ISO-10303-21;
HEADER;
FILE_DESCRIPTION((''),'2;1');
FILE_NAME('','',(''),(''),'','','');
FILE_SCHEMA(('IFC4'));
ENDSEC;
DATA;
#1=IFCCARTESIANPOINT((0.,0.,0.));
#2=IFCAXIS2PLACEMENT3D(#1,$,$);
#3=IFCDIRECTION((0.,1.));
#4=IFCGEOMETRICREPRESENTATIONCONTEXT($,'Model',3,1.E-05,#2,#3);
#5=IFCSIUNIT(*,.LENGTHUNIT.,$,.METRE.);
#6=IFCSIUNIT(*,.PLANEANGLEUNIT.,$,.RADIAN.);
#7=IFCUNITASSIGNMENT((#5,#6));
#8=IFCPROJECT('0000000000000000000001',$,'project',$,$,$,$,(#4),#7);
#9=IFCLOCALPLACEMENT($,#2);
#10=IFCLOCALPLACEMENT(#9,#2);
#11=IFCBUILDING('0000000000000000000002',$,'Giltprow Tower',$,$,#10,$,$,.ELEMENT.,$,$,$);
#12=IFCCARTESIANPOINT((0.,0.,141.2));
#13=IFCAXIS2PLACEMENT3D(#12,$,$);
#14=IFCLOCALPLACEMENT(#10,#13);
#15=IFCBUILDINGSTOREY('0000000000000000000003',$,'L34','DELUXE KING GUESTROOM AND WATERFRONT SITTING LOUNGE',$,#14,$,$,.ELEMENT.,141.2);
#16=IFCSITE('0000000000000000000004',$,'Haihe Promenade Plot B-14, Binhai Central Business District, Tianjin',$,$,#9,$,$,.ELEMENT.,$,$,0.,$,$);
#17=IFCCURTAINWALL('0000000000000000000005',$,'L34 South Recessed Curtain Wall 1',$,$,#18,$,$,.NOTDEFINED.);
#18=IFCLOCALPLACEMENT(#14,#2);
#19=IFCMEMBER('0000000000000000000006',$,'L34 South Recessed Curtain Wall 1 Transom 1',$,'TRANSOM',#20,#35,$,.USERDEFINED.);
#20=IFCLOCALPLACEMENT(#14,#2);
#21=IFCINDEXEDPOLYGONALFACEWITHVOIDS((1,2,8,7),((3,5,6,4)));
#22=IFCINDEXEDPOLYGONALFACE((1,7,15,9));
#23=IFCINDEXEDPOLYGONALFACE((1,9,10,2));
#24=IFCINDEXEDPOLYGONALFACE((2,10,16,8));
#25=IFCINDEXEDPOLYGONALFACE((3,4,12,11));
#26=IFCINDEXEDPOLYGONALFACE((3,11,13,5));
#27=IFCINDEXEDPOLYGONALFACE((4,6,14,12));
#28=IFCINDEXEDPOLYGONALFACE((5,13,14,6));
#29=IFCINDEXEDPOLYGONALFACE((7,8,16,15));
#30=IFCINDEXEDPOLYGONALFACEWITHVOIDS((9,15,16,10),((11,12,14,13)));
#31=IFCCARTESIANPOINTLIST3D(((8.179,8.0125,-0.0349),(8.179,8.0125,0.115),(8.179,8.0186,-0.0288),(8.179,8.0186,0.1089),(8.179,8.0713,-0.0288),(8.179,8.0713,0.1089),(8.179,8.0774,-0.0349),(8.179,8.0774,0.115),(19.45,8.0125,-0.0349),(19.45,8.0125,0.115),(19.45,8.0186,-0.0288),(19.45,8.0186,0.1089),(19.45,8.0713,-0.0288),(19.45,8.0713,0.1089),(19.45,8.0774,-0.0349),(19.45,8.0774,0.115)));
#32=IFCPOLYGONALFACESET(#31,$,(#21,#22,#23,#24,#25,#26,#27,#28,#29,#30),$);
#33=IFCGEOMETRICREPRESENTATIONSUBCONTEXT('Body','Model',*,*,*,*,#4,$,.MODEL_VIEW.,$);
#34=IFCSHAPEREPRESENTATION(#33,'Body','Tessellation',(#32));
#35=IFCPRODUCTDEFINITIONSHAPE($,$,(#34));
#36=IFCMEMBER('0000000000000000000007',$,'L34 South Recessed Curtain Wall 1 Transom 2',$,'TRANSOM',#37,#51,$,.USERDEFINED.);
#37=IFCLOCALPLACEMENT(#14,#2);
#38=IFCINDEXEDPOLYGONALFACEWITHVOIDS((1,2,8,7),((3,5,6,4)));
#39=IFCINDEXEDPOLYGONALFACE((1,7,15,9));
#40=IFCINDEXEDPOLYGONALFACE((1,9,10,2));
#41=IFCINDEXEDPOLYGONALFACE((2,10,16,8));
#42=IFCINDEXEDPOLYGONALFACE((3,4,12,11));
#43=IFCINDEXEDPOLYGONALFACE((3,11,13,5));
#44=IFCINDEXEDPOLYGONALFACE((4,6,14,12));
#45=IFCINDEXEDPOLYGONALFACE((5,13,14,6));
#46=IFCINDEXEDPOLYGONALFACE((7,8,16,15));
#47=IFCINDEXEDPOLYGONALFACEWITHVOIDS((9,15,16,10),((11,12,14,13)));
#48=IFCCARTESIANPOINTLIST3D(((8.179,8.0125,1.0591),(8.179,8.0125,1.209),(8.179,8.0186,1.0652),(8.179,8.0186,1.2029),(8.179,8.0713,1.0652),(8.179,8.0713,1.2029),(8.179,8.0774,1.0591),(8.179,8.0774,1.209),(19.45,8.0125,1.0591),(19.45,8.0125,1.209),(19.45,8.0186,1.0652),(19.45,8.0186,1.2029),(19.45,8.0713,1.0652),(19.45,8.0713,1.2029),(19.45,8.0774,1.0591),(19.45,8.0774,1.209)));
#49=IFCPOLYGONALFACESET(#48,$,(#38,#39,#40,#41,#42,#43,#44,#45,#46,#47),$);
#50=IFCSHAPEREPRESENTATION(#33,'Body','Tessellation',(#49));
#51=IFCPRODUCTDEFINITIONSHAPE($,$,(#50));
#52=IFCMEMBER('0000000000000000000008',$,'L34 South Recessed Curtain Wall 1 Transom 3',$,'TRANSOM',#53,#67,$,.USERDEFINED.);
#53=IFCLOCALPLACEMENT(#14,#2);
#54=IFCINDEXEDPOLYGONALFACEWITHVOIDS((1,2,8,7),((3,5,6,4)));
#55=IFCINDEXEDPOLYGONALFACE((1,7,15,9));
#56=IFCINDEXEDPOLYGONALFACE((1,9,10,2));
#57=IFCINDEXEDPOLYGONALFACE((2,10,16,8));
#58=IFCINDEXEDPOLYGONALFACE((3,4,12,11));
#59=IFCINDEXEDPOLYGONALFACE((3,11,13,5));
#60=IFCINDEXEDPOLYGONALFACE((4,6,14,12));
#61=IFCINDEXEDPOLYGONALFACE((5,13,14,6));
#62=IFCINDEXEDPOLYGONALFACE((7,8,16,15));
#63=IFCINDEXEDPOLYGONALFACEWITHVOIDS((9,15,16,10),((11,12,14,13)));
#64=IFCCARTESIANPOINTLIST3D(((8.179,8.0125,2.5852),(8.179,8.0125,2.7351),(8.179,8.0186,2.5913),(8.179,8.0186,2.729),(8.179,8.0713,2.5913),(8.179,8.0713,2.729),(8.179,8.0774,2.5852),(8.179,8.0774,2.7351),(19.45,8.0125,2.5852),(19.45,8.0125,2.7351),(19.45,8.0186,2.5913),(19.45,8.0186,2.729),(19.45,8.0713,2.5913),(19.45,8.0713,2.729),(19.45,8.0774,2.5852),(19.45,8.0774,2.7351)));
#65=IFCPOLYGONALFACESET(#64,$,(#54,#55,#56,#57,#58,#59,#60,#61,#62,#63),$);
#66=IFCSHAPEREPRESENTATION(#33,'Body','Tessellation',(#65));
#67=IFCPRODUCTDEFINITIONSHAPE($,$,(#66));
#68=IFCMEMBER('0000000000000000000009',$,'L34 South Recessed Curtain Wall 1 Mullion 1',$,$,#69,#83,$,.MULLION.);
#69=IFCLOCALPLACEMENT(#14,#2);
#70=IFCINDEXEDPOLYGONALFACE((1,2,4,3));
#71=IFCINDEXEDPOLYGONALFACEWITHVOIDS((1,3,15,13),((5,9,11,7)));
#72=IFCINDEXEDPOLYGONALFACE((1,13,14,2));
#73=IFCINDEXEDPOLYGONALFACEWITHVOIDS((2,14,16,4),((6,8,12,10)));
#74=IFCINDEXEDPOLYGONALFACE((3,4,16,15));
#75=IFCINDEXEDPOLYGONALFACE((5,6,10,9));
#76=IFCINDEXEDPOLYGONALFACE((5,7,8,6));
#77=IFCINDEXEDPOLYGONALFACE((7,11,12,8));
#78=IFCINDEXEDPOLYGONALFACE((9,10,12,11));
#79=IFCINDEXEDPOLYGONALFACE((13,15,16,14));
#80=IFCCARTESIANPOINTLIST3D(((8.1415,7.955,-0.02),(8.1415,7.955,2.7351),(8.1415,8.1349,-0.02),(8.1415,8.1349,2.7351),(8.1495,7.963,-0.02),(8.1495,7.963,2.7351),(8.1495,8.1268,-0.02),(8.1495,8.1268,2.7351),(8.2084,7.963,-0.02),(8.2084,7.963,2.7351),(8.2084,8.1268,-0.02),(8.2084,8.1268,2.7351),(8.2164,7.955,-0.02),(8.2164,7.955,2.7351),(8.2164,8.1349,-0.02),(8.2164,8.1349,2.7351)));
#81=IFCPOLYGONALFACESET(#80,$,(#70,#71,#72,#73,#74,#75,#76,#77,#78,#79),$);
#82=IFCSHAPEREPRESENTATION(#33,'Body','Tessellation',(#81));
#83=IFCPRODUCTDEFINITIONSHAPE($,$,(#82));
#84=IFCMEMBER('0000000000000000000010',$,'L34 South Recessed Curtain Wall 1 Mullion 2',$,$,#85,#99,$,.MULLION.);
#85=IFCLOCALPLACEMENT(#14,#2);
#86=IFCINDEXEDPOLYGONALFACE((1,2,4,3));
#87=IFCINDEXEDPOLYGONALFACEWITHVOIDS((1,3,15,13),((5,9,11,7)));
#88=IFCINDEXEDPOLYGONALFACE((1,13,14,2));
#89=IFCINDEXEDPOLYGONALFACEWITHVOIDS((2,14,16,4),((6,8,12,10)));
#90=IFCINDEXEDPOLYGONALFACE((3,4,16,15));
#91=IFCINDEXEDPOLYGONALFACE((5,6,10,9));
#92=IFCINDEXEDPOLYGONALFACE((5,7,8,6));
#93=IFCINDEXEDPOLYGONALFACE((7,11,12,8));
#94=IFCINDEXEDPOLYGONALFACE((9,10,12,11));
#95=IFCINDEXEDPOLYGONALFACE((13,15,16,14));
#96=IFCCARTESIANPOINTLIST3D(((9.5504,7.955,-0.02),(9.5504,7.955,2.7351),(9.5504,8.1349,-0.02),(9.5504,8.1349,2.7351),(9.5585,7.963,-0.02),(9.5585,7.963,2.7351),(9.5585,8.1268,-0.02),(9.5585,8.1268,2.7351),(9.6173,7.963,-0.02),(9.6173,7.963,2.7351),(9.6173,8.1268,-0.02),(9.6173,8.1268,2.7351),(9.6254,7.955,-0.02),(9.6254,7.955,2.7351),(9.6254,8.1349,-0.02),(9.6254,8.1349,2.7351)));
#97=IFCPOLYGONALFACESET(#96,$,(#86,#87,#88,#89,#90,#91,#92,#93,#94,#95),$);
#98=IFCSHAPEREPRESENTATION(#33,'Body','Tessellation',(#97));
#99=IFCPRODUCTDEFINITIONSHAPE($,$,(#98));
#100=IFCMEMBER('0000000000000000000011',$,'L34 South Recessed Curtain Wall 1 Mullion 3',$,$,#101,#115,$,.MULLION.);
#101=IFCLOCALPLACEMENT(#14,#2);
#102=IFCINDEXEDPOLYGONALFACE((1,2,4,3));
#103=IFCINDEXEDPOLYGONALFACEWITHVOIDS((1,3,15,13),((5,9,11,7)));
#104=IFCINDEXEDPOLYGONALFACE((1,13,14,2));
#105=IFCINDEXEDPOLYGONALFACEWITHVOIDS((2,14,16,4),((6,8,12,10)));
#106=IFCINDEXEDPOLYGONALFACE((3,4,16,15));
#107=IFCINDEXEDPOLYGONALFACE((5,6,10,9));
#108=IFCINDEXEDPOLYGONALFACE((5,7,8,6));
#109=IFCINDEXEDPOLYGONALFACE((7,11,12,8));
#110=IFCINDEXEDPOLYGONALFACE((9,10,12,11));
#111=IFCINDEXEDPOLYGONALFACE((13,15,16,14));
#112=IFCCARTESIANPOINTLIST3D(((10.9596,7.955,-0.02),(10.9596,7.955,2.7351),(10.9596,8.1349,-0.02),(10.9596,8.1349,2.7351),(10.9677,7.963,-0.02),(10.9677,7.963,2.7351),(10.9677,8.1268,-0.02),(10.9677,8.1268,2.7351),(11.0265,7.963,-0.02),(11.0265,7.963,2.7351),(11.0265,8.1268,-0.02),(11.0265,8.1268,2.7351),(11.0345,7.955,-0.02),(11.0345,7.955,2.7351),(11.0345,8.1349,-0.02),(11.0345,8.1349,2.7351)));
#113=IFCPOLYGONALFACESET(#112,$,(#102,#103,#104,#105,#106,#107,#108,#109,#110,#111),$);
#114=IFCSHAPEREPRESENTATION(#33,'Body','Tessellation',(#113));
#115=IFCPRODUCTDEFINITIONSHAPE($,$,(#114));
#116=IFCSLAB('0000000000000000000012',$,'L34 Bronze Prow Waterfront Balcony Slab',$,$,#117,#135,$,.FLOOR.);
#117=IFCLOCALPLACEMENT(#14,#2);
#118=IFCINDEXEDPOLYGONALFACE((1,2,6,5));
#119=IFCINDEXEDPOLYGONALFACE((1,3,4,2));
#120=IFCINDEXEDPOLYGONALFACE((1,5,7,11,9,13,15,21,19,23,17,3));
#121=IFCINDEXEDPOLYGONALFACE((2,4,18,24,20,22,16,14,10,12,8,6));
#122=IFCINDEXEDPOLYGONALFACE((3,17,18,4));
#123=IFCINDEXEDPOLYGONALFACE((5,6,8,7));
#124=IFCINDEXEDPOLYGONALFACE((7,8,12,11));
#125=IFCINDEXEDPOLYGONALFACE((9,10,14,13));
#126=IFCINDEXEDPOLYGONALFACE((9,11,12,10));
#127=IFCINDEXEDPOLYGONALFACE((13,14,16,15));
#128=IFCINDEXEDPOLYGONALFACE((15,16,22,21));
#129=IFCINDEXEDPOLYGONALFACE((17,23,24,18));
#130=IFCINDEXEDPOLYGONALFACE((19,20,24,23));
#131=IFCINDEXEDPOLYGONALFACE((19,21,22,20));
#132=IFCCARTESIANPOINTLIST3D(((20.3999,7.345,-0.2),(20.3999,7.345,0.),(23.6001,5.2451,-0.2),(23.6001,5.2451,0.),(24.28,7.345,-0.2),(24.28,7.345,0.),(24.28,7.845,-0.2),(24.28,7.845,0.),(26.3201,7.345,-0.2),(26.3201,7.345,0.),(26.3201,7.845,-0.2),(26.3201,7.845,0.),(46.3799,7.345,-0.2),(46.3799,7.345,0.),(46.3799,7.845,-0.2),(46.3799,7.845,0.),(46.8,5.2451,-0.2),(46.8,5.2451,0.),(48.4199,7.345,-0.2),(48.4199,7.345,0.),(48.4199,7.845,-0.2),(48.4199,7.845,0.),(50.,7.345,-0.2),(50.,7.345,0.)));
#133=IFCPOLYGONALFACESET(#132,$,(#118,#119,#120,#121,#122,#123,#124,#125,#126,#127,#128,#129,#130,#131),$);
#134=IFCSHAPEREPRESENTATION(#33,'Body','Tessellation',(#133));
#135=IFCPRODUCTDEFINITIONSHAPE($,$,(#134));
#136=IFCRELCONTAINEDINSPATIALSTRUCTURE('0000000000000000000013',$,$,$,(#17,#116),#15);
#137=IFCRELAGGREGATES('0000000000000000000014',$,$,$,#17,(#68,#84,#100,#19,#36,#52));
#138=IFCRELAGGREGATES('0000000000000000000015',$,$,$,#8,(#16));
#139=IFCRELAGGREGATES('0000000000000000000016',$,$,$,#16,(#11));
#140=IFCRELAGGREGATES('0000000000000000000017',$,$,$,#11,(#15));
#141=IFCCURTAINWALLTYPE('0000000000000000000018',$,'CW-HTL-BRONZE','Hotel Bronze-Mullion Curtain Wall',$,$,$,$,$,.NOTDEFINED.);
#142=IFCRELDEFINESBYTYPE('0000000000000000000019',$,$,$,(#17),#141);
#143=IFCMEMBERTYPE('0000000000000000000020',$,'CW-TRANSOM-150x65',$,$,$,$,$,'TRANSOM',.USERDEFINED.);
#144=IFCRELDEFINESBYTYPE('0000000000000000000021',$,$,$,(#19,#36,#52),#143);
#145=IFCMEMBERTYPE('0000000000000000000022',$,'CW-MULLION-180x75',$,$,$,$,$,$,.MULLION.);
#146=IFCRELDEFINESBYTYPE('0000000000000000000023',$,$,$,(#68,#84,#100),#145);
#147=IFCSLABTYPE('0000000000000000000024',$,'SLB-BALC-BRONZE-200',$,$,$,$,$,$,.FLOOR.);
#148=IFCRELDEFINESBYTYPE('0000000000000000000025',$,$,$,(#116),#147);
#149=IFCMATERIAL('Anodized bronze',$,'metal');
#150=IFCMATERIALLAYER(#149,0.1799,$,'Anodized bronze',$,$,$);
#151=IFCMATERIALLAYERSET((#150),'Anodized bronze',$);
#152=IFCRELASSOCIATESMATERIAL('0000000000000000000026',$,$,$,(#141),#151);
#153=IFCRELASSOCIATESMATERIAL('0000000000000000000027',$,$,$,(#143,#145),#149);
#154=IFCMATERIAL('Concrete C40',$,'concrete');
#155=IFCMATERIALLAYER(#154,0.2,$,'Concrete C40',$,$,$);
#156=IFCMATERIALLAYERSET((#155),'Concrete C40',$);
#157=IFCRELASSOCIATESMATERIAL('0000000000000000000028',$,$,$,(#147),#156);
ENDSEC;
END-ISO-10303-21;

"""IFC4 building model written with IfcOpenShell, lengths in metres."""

from ifc_helpers import new_model, si_unit, direction, frame, origin, origin_2d, place, context, subcontext, project, spatial, polyline, hollow_rectangle, outline, extrude, source, transform, mapped, material, layer, layer_set, material_profile, profile_set, type_object, element, aggregate, save


model = new_model("IFC4")

# Units and contexts
model_context = context("Model", 3, precision=1e-05, world=origin(), true_north=direction((0.0, 1.0)))
body_context = subcontext(model_context, "Body", "Model", "MODEL_VIEW")
ifc_project = project(units=[si_unit("LENGTHUNIT", "METRE"), si_unit("PLANEANGLEUNIT", "RADIAN")], contexts=[model_context])

# Site, building, storey
site_placement = place(None, origin())
site = spatial("IfcSite", under=ifc_project, at=site_placement, Name="Haihe Promenade Plot B-14, Binhai Central Business District, Tianjin", CompositionType="ELEMENT", RefElevation=0.0)
building_placement = place(site_placement, origin())
building = spatial("IfcBuilding", under=site, at=building_placement, Name="Giltprow Tower", CompositionType="ELEMENT")
storey_placement = place(building_placement, frame((0.0, 0.0, 141.2)))
storey = spatial("IfcBuildingStorey", under=building, at=storey_placement, Name="L34", Description="DELUXE KING GUESTROOM AND WATERFRONT SITTING LOUNGE", CompositionType="ELEMENT", Elevation=141.2)

# Curtain wall, members
ifc_material_1 = material(Name="Anodized bronze", Category="metal")
ifc_layer_1 = layer(ifc_material_1, 0.1799, Name="Anodized bronze")
ifc_layer_set_1 = layer_set([ifc_layer_1], Name="Anodized bronze")
curtain_wall_type = type_object("IfcCurtainWallType", Name="CW-HTL-BRONZE", Description="Hotel Bronze-Mullion Curtain Wall", PredefinedType="NOTDEFINED", material=ifc_layer_set_1)
curtain_wall_placement = place(storey_placement, origin())
curtain_wall = element("IfcCurtainWall", 1, at=curtain_wall_placement, inside=storey, type_object=curtain_wall_type, Name="L34 South Recessed Curtain Wall 1", PredefinedType="NOTDEFINED")
ifc_material_profile_1 = material_profile(ifc_material_1, hollow_rectangle(XDim=0.0649, YDim=0.1499, WallThickness=0.0061, at=origin_2d()), Name="RHS 150x65x6")
ifc_profile_set_1 = profile_set([ifc_material_profile_1], Name="Anodized bronze")
member_type_1 = type_object("IfcMemberType", Name="CW-TRANSOM-150x65", ElementType="TRANSOM", PredefinedType="USERDEFINED", material=ifc_profile_set_1)
shared_shape_1 = source(origin(), body_context, "Body", "SweptSolid", [
    extrude(hollow_rectangle(XDim=0.0649, YDim=0.1499, WallThickness=0.0061, at=origin_2d()), origin(), (0.0, 0.0, 1.0), 11.271),
])
member_1_placement = place(storey_placement, frame((8.179, 8.0449, 0.04), z_axis=(1.0, 0.0, 0.0), x_axis=(0.0, 1.0, 0.0)))
member_1 = element("IfcMember", 2, at=member_1_placement, type_object=member_type_1, Name="L34 South Recessed Curtain Wall 1 Transom 1", ObjectType="TRANSOM", PredefinedType="USERDEFINED", context=body_context, shape_type="MappedRepresentation", body=[
    mapped(shared_shape_1, transform((0.0, 0.0, 0.0), x_axis=(1.0, 0.0, 0.0), y_axis=(0.0, 1.0, 0.0), z_axis=(0.0, 0.0, 1.0), scale=1.0)),
])
member_2_placement = place(storey_placement, frame((8.179, 8.0449, 1.134), z_axis=(1.0, 0.0, 0.0), x_axis=(0.0, 1.0, 0.0)))
member_2 = element("IfcMember", 3, at=member_2_placement, type_object=member_type_1, Name="L34 South Recessed Curtain Wall 1 Transom 2", ObjectType="TRANSOM", PredefinedType="USERDEFINED", context=body_context, shape_type="MappedRepresentation", body=[
    mapped(shared_shape_1, transform((0.0, 0.0, 0.0), x_axis=(1.0, 0.0, 0.0), y_axis=(0.0, 1.0, 0.0), z_axis=(0.0, 0.0, 1.0), scale=1.0)),
])
member_3_placement = place(storey_placement, frame((8.179, 8.0449, 2.6602), z_axis=(1.0, 0.0, 0.0), x_axis=(0.0, 1.0, 0.0)))
member_3 = element("IfcMember", 4, at=member_3_placement, type_object=member_type_1, Name="L34 South Recessed Curtain Wall 1 Transom 3", ObjectType="TRANSOM", PredefinedType="USERDEFINED", context=body_context, shape_type="MappedRepresentation", body=[
    mapped(shared_shape_1, transform((0.0, 0.0, 0.0), x_axis=(1.0, 0.0, 0.0), y_axis=(0.0, 1.0, 0.0), z_axis=(0.0, 0.0, 1.0), scale=1.0)),
])
ifc_material_profile_2 = material_profile(ifc_material_1, hollow_rectangle(XDim=0.075, YDim=0.1799, WallThickness=0.0081, at=origin_2d()), Name="RHS 180x75x8")
ifc_profile_set_2 = profile_set([ifc_material_profile_2], Name="Anodized bronze")
member_type_2 = type_object("IfcMemberType", Name="CW-MULLION-180x75", PredefinedType="MULLION", material=ifc_profile_set_2)
shared_shape_2 = source(origin(), body_context, "Body", "SweptSolid", [
    extrude(hollow_rectangle(XDim=0.075, YDim=0.1799, WallThickness=0.0081, at=origin_2d()), origin(), (0.0, 0.0, 1.0), 2.7551),
])
member_4_placement = place(storey_placement, frame((8.179, 8.0449, -0.02), z_axis=(0.0, 0.0, 1.0), x_axis=(1.0, 0.0, 0.0)))
member_4 = element("IfcMember", 5, at=member_4_placement, type_object=member_type_2, Name="L34 South Recessed Curtain Wall 1 Mullion 1", PredefinedType="MULLION", context=body_context, shape_type="MappedRepresentation", body=[
    mapped(shared_shape_2, transform((0.0, 0.0, 0.0), x_axis=(1.0, 0.0, 0.0), y_axis=(0.0, 1.0, 0.0), z_axis=(0.0, 0.0, 1.0), scale=1.0)),
])
member_5_placement = place(storey_placement, frame((9.5879, 8.0449, -0.02), z_axis=(0.0, 0.0, 1.0), x_axis=(1.0, 0.0, 0.0)))
member_5 = element("IfcMember", 6, at=member_5_placement, type_object=member_type_2, Name="L34 South Recessed Curtain Wall 1 Mullion 2", PredefinedType="MULLION", context=body_context, shape_type="MappedRepresentation", body=[
    mapped(shared_shape_2, transform((0.0, 0.0, 0.0), x_axis=(1.0, 0.0, 0.0), y_axis=(0.0, 1.0, 0.0), z_axis=(0.0, 0.0, 1.0), scale=1.0)),
])
member_6_placement = place(storey_placement, frame((10.9971, 8.0449, -0.02), z_axis=(0.0, 0.0, 1.0), x_axis=(1.0, 0.0, 0.0)))
member_6 = element("IfcMember", 7, at=member_6_placement, type_object=member_type_2, Name="L34 South Recessed Curtain Wall 1 Mullion 3", PredefinedType="MULLION", context=body_context, shape_type="MappedRepresentation", body=[
    mapped(shared_shape_2, transform((0.0, 0.0, 0.0), x_axis=(1.0, 0.0, 0.0), y_axis=(0.0, 1.0, 0.0), z_axis=(0.0, 0.0, 1.0), scale=1.0)),
])

# Slab
ifc_material_2 = material(Name="Concrete C40", Category="concrete")
ifc_layer_2 = layer(ifc_material_2, 0.2, Name="Concrete C40")
ifc_layer_set_2 = layer_set([ifc_layer_2], Name="Concrete C40")
slab_type_1 = type_object("IfcSlabType", Name="SLB-BALC-BRONZE-200", PredefinedType="FLOOR", material=ifc_layer_set_2)
slab_1_placement = place(storey_placement, frame((0.0, 0.0, -0.2)))
element("IfcSlab", 8, at=slab_1_placement, inside=storey, type_object=slab_type_1, Name="L34 Bronze Prow Waterfront Balcony Slab", PredefinedType="FLOOR", context=body_context, shape_type="SweptSolid", body=[
    extrude(outline(polyline([(50.0, 7.345), (46.8, 5.2451), (23.6001, 5.2451), (20.3999, 7.345), (24.28, 7.345), (24.28, 7.845), (26.3201, 7.845), (26.3201, 7.345), (46.3799, 7.345), (46.3799, 7.845), (48.4199, 7.845), (48.4199, 7.345), (50.0, 7.345)])), origin(), (0.0, 0.0, 1.0), 0.2),
])

aggregate(curtain_wall, [member_4, member_5, member_6, member_1, member_2, member_3])

save(model, "model.ifc")
